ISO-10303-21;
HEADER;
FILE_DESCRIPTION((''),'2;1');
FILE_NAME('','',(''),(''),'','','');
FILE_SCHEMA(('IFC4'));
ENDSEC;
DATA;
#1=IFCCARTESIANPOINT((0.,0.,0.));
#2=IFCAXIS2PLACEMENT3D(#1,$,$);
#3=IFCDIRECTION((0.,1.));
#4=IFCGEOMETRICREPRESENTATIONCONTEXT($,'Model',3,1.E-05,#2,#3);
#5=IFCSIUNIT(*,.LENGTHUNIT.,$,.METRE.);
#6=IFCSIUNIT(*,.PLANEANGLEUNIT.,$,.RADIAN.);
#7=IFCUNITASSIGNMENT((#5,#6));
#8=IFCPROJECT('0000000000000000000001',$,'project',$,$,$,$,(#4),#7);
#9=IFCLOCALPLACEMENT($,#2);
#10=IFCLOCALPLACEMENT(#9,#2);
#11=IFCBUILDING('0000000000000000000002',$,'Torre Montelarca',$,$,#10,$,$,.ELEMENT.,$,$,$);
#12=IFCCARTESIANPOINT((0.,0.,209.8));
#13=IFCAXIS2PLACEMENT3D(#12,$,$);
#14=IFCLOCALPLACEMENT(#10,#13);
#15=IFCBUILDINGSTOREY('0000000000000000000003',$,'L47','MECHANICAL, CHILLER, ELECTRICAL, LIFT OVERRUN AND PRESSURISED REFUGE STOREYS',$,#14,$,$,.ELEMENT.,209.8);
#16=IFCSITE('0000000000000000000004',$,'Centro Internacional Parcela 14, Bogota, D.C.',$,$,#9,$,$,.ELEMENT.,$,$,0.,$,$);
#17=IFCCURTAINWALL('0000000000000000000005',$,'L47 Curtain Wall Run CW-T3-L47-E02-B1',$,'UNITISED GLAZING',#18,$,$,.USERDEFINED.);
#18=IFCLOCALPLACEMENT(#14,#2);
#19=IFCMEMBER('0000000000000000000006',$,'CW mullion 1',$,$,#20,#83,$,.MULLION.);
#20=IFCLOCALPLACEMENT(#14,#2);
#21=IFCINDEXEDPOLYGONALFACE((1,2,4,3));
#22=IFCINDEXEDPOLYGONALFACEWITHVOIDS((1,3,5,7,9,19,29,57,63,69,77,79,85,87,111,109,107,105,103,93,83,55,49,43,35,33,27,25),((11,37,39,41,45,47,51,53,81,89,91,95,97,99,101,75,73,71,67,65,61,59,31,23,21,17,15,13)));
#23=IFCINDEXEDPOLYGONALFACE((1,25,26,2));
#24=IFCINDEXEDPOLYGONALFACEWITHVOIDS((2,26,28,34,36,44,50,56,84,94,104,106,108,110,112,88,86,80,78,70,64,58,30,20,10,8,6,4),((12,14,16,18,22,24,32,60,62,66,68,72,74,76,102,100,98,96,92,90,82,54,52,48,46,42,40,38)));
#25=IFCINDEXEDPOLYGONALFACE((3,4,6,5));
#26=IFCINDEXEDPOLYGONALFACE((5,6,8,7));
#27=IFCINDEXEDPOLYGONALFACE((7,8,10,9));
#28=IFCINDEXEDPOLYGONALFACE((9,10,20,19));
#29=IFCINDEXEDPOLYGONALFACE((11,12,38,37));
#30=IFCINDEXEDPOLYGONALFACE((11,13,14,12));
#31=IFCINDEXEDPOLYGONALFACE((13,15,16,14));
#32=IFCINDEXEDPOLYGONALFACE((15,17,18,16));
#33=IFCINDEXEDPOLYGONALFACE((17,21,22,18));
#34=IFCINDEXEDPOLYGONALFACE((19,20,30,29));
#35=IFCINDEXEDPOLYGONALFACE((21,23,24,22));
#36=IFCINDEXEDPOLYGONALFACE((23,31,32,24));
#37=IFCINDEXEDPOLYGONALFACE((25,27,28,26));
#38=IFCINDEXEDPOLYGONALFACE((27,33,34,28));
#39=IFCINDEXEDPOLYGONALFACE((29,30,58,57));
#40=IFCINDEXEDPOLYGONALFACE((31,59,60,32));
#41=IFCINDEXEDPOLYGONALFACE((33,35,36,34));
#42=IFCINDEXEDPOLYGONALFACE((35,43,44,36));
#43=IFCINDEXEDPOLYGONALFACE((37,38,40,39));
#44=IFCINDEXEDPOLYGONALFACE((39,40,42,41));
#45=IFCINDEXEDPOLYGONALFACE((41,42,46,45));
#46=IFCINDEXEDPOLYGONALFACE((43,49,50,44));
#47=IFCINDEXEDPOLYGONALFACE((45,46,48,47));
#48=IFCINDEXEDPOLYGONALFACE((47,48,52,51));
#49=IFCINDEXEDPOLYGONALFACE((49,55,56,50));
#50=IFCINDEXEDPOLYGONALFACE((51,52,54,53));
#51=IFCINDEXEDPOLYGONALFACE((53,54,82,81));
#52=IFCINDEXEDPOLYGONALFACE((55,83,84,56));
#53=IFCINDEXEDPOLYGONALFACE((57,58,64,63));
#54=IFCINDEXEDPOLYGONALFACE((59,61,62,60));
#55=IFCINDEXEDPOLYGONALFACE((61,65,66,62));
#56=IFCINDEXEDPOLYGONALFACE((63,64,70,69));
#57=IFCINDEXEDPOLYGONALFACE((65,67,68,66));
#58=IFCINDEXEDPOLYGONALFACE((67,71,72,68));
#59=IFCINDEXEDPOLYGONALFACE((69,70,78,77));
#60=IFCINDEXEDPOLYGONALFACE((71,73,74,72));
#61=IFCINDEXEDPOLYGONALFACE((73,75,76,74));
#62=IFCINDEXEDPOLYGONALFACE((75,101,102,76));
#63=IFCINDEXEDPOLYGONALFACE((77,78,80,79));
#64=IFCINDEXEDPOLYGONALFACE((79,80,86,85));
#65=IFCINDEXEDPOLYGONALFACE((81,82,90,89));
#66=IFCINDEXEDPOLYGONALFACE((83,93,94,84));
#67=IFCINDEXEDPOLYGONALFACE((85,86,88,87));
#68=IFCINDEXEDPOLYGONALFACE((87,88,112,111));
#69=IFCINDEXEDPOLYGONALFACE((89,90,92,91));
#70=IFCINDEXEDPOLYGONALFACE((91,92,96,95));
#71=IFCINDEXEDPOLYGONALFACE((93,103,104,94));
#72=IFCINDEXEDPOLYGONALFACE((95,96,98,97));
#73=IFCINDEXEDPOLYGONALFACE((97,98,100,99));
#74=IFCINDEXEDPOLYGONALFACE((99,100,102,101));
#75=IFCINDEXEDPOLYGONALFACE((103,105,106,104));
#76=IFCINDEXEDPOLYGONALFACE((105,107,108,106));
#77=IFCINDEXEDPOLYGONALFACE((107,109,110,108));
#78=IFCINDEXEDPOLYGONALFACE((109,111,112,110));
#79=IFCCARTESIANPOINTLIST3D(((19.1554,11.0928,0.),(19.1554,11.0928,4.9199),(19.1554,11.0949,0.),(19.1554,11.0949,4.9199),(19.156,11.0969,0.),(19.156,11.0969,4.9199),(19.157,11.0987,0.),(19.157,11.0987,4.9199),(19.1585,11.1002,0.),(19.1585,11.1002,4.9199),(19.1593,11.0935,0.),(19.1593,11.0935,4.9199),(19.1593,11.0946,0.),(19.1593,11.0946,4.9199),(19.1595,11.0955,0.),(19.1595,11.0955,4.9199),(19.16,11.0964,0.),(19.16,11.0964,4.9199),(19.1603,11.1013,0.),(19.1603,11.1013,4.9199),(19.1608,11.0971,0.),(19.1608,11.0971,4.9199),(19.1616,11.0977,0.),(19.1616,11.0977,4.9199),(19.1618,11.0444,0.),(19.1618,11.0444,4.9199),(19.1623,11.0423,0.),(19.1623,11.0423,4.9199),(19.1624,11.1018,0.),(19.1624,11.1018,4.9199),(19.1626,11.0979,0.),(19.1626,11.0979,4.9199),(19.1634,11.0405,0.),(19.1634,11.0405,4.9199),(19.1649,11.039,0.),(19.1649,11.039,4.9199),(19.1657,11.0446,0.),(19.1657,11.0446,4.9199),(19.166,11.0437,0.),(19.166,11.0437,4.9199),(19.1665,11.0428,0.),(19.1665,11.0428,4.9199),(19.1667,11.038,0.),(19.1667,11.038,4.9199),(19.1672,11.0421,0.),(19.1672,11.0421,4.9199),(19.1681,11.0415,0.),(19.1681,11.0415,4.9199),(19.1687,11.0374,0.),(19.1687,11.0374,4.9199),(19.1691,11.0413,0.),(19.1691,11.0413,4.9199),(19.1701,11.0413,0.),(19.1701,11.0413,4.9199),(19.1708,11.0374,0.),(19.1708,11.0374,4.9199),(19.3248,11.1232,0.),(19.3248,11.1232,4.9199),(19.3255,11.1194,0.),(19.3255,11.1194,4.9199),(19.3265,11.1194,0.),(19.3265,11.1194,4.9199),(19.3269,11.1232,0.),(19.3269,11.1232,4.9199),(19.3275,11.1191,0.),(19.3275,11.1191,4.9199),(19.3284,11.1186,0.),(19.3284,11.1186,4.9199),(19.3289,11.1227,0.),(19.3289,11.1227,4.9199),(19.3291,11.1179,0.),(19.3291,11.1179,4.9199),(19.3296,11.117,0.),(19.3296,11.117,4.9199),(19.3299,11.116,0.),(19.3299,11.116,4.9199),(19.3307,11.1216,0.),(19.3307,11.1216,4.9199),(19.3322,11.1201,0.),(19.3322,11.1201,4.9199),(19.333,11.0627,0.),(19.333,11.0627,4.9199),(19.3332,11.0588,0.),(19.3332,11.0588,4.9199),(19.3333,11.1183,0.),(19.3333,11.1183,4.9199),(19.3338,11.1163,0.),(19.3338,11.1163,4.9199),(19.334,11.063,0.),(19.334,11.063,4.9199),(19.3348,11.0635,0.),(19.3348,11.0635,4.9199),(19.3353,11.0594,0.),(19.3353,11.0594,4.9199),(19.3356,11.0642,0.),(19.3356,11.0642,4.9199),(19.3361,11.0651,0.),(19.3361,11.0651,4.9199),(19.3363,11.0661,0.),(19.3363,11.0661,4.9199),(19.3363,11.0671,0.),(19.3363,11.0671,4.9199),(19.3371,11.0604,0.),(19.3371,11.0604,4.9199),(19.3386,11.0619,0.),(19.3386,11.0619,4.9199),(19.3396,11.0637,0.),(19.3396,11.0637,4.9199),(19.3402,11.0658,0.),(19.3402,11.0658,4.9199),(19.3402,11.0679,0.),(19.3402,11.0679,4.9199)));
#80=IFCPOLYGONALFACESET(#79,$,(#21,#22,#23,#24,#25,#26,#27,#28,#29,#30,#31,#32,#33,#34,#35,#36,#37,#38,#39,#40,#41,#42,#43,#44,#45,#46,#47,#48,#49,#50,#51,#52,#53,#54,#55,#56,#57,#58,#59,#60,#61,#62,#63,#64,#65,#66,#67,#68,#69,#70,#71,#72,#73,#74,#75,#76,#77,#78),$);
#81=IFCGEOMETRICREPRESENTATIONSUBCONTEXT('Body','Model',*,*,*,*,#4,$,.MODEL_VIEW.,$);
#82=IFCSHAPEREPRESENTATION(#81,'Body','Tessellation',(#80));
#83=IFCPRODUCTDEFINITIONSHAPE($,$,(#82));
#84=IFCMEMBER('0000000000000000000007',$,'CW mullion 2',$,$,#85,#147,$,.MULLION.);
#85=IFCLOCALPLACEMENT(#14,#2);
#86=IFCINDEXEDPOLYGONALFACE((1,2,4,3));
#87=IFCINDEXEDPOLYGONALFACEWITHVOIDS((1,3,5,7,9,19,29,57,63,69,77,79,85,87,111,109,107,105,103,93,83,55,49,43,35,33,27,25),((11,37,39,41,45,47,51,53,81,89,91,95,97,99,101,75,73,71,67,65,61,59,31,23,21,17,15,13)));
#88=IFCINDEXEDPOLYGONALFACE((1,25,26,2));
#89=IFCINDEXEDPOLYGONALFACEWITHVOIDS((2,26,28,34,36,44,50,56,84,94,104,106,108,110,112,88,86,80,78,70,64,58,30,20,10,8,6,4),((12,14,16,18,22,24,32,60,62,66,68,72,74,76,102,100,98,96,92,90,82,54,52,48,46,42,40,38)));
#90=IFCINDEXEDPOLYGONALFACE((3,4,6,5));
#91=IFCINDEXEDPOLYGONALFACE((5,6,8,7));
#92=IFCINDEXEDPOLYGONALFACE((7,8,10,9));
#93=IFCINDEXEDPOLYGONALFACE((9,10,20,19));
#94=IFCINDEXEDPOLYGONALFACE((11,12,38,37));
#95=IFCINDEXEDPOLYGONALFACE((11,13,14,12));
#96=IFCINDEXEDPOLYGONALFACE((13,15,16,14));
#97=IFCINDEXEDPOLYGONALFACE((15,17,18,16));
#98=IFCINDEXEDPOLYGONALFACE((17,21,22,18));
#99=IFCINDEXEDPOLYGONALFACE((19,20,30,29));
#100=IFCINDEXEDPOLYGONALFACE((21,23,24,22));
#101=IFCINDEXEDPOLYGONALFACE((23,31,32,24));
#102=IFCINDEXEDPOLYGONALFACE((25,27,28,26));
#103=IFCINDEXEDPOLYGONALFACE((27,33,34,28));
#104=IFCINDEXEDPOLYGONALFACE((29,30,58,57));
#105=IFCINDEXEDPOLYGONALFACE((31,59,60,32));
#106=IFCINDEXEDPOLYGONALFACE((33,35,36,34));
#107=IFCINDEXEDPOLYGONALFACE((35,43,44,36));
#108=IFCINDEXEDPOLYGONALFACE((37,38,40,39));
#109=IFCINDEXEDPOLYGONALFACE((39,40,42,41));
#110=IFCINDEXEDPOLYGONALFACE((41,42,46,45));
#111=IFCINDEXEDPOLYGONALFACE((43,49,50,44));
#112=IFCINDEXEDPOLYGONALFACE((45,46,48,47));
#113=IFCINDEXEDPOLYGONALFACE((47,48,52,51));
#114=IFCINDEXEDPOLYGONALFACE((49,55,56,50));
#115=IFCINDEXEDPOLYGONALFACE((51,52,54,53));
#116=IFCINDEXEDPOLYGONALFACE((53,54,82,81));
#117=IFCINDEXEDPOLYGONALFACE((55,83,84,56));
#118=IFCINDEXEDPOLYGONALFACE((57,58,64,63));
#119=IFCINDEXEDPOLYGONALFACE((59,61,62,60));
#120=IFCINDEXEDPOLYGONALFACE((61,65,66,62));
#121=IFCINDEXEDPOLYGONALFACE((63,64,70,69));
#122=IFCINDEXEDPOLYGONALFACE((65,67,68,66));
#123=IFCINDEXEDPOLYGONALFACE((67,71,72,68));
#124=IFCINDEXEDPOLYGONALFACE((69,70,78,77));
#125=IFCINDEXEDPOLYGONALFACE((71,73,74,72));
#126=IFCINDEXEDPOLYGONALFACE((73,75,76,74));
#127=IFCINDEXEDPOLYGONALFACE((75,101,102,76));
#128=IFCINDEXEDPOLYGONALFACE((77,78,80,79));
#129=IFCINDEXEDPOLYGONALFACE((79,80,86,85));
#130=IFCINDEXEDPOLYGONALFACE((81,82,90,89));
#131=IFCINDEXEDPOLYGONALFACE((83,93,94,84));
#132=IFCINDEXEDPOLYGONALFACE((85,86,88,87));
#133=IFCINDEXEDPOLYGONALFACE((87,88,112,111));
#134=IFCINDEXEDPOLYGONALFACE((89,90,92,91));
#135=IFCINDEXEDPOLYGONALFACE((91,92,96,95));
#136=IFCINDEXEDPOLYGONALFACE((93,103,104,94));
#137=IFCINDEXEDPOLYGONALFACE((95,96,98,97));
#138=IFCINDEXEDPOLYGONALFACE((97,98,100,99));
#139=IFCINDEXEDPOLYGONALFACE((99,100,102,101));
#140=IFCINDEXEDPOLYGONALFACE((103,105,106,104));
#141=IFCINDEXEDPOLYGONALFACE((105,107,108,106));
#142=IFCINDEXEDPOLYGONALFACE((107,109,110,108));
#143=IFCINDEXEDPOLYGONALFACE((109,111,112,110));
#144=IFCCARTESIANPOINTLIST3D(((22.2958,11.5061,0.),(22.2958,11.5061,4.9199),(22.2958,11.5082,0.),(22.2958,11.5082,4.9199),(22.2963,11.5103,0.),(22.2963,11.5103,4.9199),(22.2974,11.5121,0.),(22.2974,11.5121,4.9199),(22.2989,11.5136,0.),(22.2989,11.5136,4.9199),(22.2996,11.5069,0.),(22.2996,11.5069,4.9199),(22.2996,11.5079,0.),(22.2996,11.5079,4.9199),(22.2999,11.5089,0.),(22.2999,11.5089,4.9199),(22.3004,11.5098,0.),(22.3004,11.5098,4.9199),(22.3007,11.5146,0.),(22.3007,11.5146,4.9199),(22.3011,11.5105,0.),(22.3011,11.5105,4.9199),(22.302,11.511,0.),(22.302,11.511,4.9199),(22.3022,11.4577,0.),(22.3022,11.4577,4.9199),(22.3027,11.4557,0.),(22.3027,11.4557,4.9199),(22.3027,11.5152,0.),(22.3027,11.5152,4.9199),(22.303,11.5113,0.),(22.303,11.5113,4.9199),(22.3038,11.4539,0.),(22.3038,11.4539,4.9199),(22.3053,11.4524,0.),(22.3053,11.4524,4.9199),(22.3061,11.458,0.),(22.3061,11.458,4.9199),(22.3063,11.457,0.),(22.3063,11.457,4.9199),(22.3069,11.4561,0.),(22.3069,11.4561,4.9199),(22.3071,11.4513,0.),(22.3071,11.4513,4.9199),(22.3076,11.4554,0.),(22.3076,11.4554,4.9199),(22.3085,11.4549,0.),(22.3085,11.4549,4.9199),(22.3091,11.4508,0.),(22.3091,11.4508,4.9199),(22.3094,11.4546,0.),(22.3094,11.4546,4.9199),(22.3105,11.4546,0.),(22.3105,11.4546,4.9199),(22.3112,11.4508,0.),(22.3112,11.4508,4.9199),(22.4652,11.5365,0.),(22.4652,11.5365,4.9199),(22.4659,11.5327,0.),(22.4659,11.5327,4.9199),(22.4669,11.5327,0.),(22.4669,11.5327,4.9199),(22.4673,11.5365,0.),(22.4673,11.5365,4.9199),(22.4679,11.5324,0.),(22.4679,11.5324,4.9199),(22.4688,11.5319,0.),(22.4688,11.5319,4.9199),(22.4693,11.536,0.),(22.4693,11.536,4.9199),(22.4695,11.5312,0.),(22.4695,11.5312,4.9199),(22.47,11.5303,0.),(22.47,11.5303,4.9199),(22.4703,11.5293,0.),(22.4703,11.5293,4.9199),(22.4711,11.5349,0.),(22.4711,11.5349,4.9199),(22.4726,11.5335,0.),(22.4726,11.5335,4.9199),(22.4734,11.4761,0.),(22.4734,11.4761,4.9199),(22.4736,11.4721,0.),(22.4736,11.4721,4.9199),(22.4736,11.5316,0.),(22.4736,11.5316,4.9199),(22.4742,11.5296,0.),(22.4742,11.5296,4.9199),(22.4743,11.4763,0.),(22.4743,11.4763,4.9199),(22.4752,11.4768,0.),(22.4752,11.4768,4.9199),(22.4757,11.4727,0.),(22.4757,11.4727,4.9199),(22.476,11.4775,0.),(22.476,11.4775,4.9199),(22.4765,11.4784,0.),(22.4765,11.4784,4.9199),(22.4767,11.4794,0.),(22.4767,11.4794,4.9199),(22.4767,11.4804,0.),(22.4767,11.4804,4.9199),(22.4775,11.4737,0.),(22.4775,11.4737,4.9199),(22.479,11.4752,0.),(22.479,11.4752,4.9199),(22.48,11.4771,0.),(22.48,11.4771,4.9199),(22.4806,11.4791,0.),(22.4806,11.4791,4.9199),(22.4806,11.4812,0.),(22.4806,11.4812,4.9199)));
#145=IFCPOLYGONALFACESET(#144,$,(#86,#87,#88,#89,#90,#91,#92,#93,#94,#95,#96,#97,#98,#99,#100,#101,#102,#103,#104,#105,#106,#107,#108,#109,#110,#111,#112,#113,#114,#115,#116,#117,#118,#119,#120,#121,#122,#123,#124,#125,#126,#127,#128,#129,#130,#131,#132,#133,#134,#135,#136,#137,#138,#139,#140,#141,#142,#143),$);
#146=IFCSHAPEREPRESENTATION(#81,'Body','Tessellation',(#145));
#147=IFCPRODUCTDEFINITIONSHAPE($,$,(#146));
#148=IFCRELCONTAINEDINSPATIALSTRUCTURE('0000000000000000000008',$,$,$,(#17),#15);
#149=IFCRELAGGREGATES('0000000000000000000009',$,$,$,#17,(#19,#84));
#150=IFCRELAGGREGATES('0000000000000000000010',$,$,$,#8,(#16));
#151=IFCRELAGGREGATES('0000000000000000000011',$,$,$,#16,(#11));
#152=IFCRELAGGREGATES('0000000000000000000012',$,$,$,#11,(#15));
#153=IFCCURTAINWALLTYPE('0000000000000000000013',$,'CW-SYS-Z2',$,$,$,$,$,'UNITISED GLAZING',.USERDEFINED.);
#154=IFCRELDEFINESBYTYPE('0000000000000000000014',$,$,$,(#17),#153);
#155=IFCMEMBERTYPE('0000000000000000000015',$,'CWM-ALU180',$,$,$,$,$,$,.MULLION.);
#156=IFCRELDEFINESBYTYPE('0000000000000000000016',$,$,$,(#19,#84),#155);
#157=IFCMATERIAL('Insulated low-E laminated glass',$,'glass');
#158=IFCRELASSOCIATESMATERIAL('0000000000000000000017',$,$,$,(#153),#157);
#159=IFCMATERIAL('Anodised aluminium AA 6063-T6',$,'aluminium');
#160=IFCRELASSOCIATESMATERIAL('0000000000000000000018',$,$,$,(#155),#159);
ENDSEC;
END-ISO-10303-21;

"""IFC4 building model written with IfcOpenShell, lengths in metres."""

from ifc_helpers import new_model, si_unit, direction, frame, origin, origin_2d, place, context, subcontext, project, spatial, hollow_rectangle, extrude, source, transform, mapped, material, material_profile, profile_set, type_object, element, aggregate, save


model = new_model("IFC4")

# Units and contexts
model_context = context("Model", 3, precision=1e-05, world=origin(), true_north=direction((0.0, 1.0)))
body_context = subcontext(model_context, "Body", "Model", "MODEL_VIEW")
ifc_project = project(units=[si_unit("LENGTHUNIT", "METRE"), si_unit("PLANEANGLEUNIT", "RADIAN")], contexts=[model_context])

# Site, building, storey
site_placement = place(None, origin())
site = spatial("IfcSite", under=ifc_project, at=site_placement, Name="Centro Internacional Parcela 14, Bogota, D.C.", CompositionType="ELEMENT", RefElevation=0.0)
building_placement = place(site_placement, origin())
building = spatial("IfcBuilding", under=site, at=building_placement, Name="Torre Montelarca", CompositionType="ELEMENT")
storey_placement = place(building_placement, frame((0.0, 0.0, 209.8)))
storey = spatial("IfcBuildingStorey", under=building, at=storey_placement, Name="L47", Description="MECHANICAL, CHILLER, ELECTRICAL, LIFT OVERRUN AND PRESSURISED REFUGE STOREYS", CompositionType="ELEMENT", Elevation=209.8)

# Curtain wall
ifc_material_1 = material(Name="Insulated low-E laminated glass", Category="glass")
curtain_wall_type = type_object("IfcCurtainWallType", Name="CW-SYS-Z2", ElementType="UNITISED GLAZING", PredefinedType="USERDEFINED", material=ifc_material_1)
curtain_wall_1_placement = place(storey_placement, origin())
curtain_wall_1 = element("IfcCurtainWall", 1, at=curtain_wall_1_placement, inside=storey, type_object=curtain_wall_type, Name="L47 Curtain Wall Run CW-T3-L47-E02-B1", ObjectType="UNITISED GLAZING", PredefinedType="USERDEFINED")
ifc_material_2 = material(Name="Anodised aluminium AA 6063-T6", Category="aluminium")
ifc_material_profile_1 = material_profile(ifc_material_2, hollow_rectangle(XDim=0.0649, YDim=0.1799, WallThickness=0.0039, InnerFilletRadius=0.0039, OuterFilletRadius=0.0081, at=origin_2d()), Name="ALU65X180X4", Category="aluminium")
ifc_profile_set_1 = profile_set([ifc_material_profile_1], Name="Anodised aluminium AA 6063-T6")
member_type_1 = type_object("IfcMemberType", Name="CWM-ALU180", PredefinedType="MULLION", material=ifc_profile_set_1)
shared_shape_1 = source(origin(), body_context, "Body", "SweptSolid", [
    extrude(hollow_rectangle(XDim=0.0649, YDim=0.1799, WallThickness=0.0039, InnerFilletRadius=0.0039, OuterFilletRadius=0.0081, at=origin_2d()), origin(), (0.0, 0.0, 1.0), 4.9199),
])

# Members
member_1_placement = place(storey_placement, frame((19.2478, 11.0803, 0.0), z_axis=(0.0, 0.0, 1.0), x_axis=(-0.130495, 0.991449, 0.0)))
member_1 = element("IfcMember", 2, at=member_1_placement, type_object=member_type_1, Name="CW mullion 1", PredefinedType="MULLION", context=body_context, shape_type="MappedRepresentation", body=[
    mapped(shared_shape_1, transform((0.0, 0.0, 0.0), scale=1.0)),
])
member_2_placement = place(storey_placement, frame((22.3882, 11.4937, 0.0), z_axis=(0.0, 0.0, 1.0), x_axis=(-0.130495, 0.991449, 0.0)))
member_2 = element("IfcMember", 3, at=member_2_placement, type_object=member_type_1, Name="CW mullion 2", PredefinedType="MULLION", context=body_context, shape_type="MappedRepresentation", body=[
    mapped(shared_shape_1, transform((0.0, 0.0, 0.0), scale=1.0)),
])

aggregate(curtain_wall_1, [member_1, member_2])

save(model, "model.ifc")
